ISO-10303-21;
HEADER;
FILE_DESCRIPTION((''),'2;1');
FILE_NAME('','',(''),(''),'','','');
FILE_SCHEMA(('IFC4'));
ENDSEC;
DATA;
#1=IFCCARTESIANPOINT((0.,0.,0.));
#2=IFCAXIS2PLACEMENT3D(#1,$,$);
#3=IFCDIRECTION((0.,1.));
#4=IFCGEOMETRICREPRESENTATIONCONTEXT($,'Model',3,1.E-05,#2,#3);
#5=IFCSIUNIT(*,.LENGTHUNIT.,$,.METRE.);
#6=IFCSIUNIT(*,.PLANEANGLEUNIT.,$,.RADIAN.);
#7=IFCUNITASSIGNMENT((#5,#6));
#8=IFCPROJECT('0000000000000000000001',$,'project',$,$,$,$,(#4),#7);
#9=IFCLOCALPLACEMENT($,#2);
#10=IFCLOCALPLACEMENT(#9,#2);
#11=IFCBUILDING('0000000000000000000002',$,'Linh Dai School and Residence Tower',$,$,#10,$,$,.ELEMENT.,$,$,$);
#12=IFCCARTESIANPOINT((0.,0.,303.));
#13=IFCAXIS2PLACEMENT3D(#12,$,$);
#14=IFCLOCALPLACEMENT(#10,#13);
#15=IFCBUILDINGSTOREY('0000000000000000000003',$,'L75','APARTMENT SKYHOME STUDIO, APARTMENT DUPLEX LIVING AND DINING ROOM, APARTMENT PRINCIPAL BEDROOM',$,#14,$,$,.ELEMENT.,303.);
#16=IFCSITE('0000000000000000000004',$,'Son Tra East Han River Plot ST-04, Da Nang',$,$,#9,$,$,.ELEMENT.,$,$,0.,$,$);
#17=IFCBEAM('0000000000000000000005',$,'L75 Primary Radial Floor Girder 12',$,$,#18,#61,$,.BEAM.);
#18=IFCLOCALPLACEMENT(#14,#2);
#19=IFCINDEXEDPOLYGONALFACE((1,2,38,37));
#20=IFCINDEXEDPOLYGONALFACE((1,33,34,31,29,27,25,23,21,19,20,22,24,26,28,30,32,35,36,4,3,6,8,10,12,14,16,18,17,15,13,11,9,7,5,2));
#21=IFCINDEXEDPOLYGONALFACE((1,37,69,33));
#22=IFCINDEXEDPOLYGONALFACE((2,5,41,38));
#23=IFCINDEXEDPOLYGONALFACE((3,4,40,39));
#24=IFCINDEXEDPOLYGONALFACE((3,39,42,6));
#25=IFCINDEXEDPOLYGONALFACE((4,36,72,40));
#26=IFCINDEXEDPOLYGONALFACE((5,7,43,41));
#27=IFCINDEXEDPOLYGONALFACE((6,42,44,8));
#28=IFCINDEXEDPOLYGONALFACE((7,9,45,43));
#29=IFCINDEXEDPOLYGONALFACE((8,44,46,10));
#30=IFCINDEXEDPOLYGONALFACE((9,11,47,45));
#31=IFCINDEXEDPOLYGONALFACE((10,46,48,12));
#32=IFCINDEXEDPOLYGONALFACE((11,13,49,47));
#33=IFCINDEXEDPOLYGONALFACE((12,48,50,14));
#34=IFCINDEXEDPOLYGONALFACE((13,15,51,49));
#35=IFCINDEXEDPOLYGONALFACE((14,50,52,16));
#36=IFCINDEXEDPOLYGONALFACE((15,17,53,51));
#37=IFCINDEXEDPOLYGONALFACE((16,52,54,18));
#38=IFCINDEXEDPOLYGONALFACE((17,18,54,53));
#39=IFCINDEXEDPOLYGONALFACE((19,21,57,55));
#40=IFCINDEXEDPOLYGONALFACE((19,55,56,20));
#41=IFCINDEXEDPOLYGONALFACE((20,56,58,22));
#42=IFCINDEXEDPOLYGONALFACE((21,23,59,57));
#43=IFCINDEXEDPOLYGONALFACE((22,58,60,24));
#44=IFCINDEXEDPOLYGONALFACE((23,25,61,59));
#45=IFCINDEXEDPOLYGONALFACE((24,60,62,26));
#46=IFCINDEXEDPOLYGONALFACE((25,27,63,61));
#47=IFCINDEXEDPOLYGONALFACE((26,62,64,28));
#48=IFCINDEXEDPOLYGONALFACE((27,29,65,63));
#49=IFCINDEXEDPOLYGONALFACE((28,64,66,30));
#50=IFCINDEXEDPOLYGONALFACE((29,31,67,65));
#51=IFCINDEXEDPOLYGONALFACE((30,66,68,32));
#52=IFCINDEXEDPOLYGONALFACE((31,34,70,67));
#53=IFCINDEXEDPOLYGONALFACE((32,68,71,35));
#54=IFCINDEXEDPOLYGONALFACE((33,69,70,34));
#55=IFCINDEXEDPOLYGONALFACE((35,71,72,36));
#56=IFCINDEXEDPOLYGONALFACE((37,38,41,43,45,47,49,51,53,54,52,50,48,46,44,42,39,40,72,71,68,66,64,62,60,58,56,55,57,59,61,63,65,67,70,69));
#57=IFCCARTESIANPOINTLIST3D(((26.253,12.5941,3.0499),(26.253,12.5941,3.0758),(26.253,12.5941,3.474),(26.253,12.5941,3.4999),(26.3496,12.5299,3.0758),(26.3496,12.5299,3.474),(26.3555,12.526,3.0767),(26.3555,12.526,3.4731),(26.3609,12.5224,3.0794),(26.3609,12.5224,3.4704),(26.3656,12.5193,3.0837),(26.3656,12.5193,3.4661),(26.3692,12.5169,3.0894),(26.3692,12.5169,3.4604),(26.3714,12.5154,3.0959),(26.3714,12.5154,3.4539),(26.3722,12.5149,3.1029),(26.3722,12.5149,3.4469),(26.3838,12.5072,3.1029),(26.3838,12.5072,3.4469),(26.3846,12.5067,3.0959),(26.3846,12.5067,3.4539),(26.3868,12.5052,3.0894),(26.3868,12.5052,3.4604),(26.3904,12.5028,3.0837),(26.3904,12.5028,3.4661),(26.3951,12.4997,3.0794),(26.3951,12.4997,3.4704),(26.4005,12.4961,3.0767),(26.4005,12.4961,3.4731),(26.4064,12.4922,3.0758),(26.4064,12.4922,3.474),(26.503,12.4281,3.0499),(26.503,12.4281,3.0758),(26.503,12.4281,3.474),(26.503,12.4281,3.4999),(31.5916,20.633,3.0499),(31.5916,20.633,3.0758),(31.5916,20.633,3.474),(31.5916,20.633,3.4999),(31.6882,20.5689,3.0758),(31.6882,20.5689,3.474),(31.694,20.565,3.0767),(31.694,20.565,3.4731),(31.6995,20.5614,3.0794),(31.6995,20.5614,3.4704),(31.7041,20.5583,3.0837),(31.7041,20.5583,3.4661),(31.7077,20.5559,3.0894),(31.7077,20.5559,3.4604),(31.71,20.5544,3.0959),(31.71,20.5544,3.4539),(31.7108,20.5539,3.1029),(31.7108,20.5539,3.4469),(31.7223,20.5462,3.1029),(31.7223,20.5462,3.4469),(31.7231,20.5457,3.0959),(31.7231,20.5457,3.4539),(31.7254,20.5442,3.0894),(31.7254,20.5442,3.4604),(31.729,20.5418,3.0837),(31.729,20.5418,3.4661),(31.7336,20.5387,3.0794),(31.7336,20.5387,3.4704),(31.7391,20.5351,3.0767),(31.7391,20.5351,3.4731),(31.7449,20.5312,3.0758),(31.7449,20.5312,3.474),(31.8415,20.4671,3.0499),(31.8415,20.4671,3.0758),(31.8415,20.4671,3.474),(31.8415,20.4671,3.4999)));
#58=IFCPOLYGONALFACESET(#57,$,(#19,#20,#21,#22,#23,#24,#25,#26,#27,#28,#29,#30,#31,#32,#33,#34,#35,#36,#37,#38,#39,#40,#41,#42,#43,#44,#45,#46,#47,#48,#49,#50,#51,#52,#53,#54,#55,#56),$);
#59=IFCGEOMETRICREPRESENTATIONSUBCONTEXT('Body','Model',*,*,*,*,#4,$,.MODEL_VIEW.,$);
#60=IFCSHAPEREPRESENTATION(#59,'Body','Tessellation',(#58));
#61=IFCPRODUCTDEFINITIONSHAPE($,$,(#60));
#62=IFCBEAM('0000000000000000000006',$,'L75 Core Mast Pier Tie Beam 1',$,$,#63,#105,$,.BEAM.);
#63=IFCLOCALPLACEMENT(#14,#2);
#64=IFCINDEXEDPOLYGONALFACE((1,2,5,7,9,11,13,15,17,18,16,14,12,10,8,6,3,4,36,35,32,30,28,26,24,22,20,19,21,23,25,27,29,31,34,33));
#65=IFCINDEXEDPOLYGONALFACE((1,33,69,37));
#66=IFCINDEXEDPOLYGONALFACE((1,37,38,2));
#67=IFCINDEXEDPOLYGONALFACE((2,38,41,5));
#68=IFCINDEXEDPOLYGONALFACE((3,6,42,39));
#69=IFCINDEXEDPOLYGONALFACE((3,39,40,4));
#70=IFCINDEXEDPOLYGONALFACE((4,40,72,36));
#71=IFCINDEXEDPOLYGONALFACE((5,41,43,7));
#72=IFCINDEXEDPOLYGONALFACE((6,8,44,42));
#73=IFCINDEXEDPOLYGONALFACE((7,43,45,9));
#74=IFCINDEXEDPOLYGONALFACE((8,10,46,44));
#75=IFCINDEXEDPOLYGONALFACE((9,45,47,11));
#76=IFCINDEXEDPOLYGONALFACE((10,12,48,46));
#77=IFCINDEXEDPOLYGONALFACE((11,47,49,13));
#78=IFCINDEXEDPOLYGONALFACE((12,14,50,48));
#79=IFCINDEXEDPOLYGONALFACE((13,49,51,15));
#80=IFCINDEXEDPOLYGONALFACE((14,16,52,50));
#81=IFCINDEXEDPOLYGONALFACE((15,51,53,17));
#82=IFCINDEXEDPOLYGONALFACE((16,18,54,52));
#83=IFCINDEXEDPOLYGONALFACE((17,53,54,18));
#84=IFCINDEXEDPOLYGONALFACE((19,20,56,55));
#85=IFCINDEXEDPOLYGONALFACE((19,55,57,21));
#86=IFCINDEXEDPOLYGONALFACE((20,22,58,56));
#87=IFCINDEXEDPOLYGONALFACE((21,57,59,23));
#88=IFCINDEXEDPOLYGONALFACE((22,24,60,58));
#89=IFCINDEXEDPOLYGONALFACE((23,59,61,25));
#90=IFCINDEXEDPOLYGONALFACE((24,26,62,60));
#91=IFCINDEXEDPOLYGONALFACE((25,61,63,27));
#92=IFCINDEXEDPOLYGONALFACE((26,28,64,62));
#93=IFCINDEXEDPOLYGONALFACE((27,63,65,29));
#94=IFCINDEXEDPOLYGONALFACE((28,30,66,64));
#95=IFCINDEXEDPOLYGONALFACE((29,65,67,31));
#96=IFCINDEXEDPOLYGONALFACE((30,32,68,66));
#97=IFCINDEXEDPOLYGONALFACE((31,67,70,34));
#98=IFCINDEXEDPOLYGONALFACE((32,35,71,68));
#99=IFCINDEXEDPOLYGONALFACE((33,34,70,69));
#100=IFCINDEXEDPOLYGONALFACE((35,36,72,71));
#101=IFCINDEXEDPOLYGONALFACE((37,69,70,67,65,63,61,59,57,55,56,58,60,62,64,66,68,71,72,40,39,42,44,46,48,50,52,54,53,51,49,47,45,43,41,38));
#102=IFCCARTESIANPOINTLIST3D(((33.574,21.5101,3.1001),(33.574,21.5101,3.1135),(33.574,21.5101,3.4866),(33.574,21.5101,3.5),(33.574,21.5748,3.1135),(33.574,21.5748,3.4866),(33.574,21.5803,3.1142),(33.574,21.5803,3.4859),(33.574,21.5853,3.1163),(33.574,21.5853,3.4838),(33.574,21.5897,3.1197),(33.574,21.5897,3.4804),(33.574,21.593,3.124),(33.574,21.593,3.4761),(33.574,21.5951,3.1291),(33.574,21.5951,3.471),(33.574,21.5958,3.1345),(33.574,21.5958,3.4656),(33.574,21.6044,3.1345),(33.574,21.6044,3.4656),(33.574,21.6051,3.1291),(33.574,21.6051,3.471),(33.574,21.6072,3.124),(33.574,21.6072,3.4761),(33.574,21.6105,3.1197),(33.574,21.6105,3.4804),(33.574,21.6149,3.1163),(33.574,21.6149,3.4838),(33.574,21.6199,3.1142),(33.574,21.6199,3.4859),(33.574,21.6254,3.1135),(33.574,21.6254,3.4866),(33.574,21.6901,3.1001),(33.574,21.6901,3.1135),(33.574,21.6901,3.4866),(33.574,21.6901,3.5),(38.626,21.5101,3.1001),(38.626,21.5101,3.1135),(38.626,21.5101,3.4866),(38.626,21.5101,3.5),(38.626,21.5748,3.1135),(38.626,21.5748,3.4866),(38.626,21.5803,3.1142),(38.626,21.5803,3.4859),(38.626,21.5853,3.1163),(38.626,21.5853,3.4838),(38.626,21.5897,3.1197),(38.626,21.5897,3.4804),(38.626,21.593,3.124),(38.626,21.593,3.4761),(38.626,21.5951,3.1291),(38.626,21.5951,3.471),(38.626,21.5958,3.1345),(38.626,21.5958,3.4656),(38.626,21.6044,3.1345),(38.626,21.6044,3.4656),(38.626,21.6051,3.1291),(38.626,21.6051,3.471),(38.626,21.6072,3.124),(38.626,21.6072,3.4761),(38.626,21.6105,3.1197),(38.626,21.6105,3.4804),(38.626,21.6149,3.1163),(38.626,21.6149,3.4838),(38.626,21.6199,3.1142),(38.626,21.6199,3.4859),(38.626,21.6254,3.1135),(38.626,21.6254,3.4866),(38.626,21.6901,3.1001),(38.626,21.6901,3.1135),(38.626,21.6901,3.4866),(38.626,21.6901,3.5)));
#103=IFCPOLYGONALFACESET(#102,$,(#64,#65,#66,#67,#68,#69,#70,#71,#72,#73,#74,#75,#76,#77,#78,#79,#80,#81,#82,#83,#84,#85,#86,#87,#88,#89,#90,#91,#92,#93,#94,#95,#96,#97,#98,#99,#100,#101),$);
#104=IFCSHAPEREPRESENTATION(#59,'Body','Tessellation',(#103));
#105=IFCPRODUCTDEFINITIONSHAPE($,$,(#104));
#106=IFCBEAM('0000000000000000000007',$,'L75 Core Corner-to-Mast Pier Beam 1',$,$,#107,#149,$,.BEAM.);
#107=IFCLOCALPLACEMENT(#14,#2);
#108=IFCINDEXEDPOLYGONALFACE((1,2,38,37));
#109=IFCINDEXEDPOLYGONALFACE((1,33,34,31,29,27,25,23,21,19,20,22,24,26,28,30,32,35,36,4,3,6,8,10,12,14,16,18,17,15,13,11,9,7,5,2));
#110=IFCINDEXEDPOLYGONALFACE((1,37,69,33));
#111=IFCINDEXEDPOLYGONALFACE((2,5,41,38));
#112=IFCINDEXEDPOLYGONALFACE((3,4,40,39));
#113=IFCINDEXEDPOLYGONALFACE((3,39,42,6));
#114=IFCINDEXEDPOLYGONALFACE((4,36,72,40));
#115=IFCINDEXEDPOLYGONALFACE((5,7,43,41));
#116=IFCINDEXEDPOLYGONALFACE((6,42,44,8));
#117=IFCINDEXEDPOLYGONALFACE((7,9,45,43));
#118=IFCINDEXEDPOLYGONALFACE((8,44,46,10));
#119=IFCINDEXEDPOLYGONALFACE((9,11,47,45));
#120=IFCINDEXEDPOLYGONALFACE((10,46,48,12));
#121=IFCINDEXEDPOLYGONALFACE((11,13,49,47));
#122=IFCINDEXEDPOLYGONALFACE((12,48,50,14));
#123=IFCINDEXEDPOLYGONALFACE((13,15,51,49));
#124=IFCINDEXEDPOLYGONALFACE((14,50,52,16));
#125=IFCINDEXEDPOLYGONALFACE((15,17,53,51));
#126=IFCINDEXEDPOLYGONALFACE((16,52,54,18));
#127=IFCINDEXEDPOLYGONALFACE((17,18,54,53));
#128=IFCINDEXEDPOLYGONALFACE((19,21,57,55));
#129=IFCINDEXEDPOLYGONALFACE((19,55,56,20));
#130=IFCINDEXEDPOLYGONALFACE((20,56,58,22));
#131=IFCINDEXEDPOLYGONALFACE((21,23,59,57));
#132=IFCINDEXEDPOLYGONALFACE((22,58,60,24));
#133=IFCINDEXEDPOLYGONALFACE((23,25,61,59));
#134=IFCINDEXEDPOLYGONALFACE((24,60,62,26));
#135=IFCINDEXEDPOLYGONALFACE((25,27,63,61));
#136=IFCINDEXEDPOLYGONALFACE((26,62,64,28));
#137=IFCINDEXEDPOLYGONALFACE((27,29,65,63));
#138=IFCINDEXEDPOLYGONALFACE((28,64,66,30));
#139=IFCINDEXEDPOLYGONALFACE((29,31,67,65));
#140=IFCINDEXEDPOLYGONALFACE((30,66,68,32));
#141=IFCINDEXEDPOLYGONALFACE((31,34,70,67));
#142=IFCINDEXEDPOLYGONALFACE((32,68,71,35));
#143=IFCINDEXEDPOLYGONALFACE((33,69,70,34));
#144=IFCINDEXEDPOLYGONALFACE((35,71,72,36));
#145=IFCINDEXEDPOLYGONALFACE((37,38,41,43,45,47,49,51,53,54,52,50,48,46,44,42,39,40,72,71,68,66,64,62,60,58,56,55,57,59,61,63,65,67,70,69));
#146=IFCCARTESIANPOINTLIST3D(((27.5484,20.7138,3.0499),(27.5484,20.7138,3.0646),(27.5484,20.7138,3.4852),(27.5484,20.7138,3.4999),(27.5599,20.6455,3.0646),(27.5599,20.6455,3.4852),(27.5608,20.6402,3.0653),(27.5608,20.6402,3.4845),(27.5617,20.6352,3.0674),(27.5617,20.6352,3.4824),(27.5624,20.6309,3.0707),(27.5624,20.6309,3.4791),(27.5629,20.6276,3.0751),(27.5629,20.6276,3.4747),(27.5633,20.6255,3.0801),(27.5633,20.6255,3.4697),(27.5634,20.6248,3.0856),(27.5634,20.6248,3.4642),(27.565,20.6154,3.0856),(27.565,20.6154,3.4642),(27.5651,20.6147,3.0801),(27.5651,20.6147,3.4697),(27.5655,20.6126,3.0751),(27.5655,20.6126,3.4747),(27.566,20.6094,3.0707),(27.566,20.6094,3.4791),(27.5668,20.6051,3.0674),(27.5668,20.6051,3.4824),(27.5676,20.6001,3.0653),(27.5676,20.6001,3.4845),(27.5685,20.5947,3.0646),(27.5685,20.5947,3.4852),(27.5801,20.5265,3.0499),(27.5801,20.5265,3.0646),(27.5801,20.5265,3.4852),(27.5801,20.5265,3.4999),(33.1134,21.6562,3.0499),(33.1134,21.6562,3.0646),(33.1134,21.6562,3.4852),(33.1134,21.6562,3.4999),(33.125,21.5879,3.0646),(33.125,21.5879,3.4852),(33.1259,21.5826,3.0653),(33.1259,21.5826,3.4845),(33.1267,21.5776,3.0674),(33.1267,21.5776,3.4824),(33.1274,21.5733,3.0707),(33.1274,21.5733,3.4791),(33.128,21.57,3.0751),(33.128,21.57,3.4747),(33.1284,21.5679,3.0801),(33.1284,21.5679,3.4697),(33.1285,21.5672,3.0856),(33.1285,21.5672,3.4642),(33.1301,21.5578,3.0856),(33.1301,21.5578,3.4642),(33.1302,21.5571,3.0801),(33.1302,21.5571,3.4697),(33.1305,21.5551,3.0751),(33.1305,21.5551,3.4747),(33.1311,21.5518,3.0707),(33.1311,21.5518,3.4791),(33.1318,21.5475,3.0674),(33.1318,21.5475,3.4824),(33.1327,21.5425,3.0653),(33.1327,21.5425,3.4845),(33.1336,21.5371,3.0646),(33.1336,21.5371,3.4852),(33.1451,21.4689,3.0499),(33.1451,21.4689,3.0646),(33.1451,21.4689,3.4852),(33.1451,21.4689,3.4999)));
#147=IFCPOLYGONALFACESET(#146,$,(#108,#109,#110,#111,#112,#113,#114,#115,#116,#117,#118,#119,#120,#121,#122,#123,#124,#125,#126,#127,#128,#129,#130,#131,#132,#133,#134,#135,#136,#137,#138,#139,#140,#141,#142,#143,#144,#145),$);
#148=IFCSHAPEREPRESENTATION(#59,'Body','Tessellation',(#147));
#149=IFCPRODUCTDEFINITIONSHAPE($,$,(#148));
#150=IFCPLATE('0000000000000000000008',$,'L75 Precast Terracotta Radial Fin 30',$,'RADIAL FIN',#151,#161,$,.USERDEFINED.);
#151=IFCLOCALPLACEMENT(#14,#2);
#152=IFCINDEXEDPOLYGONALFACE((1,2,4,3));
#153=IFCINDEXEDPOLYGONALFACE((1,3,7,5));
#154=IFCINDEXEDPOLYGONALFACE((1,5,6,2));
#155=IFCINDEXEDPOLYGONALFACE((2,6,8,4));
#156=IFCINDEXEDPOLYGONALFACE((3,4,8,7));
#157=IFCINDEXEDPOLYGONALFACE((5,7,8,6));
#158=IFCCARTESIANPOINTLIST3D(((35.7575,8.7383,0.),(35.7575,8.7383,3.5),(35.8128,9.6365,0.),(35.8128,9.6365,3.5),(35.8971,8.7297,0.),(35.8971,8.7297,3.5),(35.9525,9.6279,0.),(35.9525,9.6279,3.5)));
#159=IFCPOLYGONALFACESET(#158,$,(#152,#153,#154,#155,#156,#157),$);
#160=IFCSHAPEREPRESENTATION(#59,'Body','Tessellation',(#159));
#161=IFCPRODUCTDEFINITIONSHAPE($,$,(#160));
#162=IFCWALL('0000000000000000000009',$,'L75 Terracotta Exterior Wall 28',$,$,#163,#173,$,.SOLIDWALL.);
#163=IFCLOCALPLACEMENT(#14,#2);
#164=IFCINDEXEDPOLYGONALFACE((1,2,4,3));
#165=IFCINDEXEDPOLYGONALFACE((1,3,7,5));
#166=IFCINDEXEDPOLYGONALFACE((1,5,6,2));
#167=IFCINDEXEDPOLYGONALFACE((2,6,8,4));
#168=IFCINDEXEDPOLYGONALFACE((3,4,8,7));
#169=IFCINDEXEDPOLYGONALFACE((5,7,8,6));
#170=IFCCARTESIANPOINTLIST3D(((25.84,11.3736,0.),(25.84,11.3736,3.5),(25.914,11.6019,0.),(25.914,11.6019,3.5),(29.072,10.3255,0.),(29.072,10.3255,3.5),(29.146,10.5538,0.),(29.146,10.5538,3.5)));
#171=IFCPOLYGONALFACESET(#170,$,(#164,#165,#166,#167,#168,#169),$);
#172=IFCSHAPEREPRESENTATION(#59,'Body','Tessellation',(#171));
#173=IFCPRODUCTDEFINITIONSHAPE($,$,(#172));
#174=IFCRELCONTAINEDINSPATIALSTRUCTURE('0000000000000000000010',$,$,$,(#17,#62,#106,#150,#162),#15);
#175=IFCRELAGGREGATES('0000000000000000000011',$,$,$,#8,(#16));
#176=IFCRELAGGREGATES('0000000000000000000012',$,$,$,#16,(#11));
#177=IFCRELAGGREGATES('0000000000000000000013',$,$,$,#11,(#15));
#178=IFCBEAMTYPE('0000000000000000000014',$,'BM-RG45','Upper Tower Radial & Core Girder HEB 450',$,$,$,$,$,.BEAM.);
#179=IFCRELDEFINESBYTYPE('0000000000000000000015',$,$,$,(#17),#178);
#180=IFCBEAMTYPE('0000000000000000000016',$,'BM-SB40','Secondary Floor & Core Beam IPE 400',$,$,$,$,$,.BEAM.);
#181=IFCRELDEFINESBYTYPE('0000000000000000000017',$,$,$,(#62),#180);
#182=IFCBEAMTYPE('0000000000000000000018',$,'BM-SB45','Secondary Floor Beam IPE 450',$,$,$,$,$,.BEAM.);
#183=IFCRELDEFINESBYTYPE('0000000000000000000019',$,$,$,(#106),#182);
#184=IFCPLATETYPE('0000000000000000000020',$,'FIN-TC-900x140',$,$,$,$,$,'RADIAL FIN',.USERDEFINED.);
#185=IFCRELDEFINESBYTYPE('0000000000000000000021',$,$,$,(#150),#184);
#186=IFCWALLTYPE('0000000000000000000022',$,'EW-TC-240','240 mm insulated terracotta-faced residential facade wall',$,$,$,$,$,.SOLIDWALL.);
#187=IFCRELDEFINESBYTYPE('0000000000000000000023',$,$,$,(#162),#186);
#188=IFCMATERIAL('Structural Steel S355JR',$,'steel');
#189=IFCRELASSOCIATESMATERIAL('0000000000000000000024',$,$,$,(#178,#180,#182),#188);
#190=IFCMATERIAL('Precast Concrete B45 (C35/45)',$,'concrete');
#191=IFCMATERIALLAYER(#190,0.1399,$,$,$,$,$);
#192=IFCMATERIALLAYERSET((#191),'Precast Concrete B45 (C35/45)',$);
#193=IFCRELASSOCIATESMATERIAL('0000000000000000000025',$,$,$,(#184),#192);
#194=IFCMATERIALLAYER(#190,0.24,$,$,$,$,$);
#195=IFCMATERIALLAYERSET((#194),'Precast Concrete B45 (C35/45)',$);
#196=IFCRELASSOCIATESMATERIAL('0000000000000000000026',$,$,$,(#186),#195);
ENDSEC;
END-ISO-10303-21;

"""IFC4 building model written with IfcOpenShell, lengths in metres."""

from ifc_helpers import new_model, si_unit, direction, frame, frame_2d, origin, origin_2d, place, context, subcontext, project, spatial, rectangle, i_section, extrude, source, transform, mapped, material, layer, layer_set, material_profile, profile_set, type_object, element, save


model = new_model("IFC4")

# Units and contexts
model_context = context("Model", 3, precision=1e-05, world=origin(), true_north=direction((0.0, 1.0)))
body_context = subcontext(model_context, "Body", "Model", "MODEL_VIEW")
ifc_project = project(units=[si_unit("LENGTHUNIT", "METRE"), si_unit("PLANEANGLEUNIT", "RADIAN")], contexts=[model_context])

# Site, building, storey
site_placement = place(None, origin())
site = spatial("IfcSite", under=ifc_project, at=site_placement, Name="Son Tra East Han River Plot ST-04, Da Nang", CompositionType="ELEMENT", RefElevation=0.0)
building_placement = place(site_placement, origin())
building = spatial("IfcBuilding", under=site, at=building_placement, Name="Linh Dai School and Residence Tower", CompositionType="ELEMENT")
storey_placement = place(building_placement, frame((0.0, 0.0, 303.0)))
storey = spatial("IfcBuildingStorey", under=building, at=storey_placement, Name="L75", Description="APARTMENT SKYHOME STUDIO, APARTMENT DUPLEX LIVING AND DINING ROOM, APARTMENT PRINCIPAL BEDROOM", CompositionType="ELEMENT", Elevation=303.0)

# Shared definitions
ifc_material_1 = material(Name="Structural Steel S355JR", Category="steel")

# Beams
ifc_material_profile_1 = material_profile(ifc_material_1, i_section(OverallWidth=0.3, OverallDepth=0.45, WebThickness=0.0139, FlangeThickness=0.0259, FilletRadius=0.0271, at=origin_2d()), Name="HEB 450")
ifc_profile_set_1 = profile_set([ifc_material_profile_1], Name="Structural Steel S355JR")
beam_type_1 = type_object("IfcBeamType", Name="BM-RG45", Description="Upper Tower Radial & Core Girder HEB 450", PredefinedType="BEAM", material=ifc_profile_set_1)
beam_1_placement = place(storey_placement, frame((31.7166, 20.55, 3.2749), z_axis=(-0.553211, -0.833041, 0.0), x_axis=(0.833041, -0.553211, 0.0)))
element("IfcBeam", 1, at=beam_1_placement, inside=storey, type_object=beam_type_1, Name="L75 Primary Radial Floor Girder 12", PredefinedType="BEAM", context=body_context, shape_type="SweptSolid", body=[
    extrude(i_section(OverallWidth=0.3, OverallDepth=0.45, WebThickness=0.0139, FlangeThickness=0.0259, FilletRadius=0.0271, at=origin_2d()), origin(), (0.0, 0.0, 1.0), 9.6501),
])
ifc_material_profile_2 = material_profile(ifc_material_1, i_section(OverallWidth=0.1799, OverallDepth=0.3999, WebThickness=0.0085, FlangeThickness=0.0134, FilletRadius=0.021, at=origin_2d()), Name="IPE 400")
ifc_profile_set_2 = profile_set([ifc_material_profile_2], Name="Structural Steel S355JR")
beam_type_2 = type_object("IfcBeamType", Name="BM-SB40", Description="Secondary Floor & Core Beam IPE 400", PredefinedType="BEAM", material=ifc_profile_set_2)
beam_2_placement = place(storey_placement, frame((33.574, 21.6001, 3.3), z_axis=(1.0, 0.0, 0.0), x_axis=(0.0, 1.0, 0.0)))
element("IfcBeam", 2, at=beam_2_placement, inside=storey, type_object=beam_type_2, Name="L75 Core Mast Pier Tie Beam 1", PredefinedType="BEAM", context=body_context, shape_type="SweptSolid", body=[
    extrude(i_section(OverallWidth=0.1799, OverallDepth=0.3999, WebThickness=0.0085, FlangeThickness=0.0134, FilletRadius=0.021, at=origin_2d()), origin(), (0.0, 0.0, 1.0), 5.052),
])
ifc_material_profile_3 = material_profile(ifc_material_1, i_section(OverallWidth=0.1899, OverallDepth=0.45, WebThickness=0.0095, FlangeThickness=0.0146, FilletRadius=0.021, at=origin_2d()), Name="IPE 450")
ifc_profile_set_3 = profile_set([ifc_material_profile_3], Name="Structural Steel S355JR")
beam_type_3 = type_object("IfcBeamType", Name="BM-SB45", Description="Secondary Floor Beam IPE 450", PredefinedType="BEAM", material=ifc_profile_set_3)
beam_3_placement = place(storey_placement, frame((27.5642, 20.6201, 3.2749), z_axis=(0.985963, 0.166966, 0.0), x_axis=(-0.166966, 0.985963, 0.0)))
element("IfcBeam", 3, at=beam_3_placement, inside=storey, type_object=beam_type_3, Name="L75 Core Corner-to-Mast Pier Beam 1", PredefinedType="BEAM", context=body_context, shape_type="SweptSolid", body=[
    extrude(i_section(OverallWidth=0.1899, OverallDepth=0.45, WebThickness=0.0095, FlangeThickness=0.0146, FilletRadius=0.021, at=origin_2d()), origin(), (0.0, 0.0, 1.0), 5.6443),
])

# Plate
ifc_material_2 = material(Name="Precast Concrete B45 (C35/45)", Category="concrete")
ifc_layer_1 = layer(ifc_material_2, 0.1399)
ifc_layer_set_1 = layer_set([ifc_layer_1], Name="Precast Concrete B45 (C35/45)")
plate_type = type_object("IfcPlateType", Name="FIN-TC-900x140", ElementType="RADIAL FIN", PredefinedType="USERDEFINED", material=ifc_layer_set_1)
shared_shape_1 = source(origin(), body_context, "Body", "SweptSolid", [
    extrude(rectangle(XDim=0.8999, YDim=0.1399, at=origin_2d()), origin(), (0.0, 0.0, 1.0), 3.5),
])
plate_placement = place(storey_placement, frame((35.855, 9.1831, 0.0), z_axis=(0.0, 0.0, 1.0), x_axis=(-0.06151, -0.998106, 0.0)))
element("IfcPlate", 4, at=plate_placement, inside=storey, type_object=plate_type, Name="L75 Precast Terracotta Radial Fin 30", ObjectType="RADIAL FIN", PredefinedType="USERDEFINED", context=body_context, shape_type="MappedRepresentation", body=[
    mapped(shared_shape_1, transform((0.0, 0.0, 0.0), x_axis=(1.0, 0.0, 0.0), y_axis=(0.0, 1.0, 0.0), z_axis=(0.0, 0.0, 1.0), scale=1.0)),
])

# Wall
ifc_layer_2 = layer(ifc_material_2, 0.24)
ifc_layer_set_2 = layer_set([ifc_layer_2], Name="Precast Concrete B45 (C35/45)")
wall_type_1 = type_object("IfcWallType", Name="EW-TC-240", Description="240 mm insulated terracotta-faced residential facade wall", PredefinedType="SOLIDWALL", material=ifc_layer_set_2)
wall_1_placement = place(storey_placement, frame((29.1089, 10.4397, 0.0), z_axis=(0.0, 0.0, 1.0), x_axis=(-0.951231, 0.308478, 0.0)))
element("IfcWall", 5, at=wall_1_placement, inside=storey, type_object=wall_type_1, Name="L75 Terracotta Exterior Wall 28", PredefinedType="SOLIDWALL", context=body_context, shape_type="SweptSolid", body=[
    extrude(rectangle(XDim=3.3977, YDim=0.24, at=frame_2d((1.6987, 0.0))), origin(), (0.0, 0.0, 1.0), 3.5),
])

save(model, "model.ifc")
